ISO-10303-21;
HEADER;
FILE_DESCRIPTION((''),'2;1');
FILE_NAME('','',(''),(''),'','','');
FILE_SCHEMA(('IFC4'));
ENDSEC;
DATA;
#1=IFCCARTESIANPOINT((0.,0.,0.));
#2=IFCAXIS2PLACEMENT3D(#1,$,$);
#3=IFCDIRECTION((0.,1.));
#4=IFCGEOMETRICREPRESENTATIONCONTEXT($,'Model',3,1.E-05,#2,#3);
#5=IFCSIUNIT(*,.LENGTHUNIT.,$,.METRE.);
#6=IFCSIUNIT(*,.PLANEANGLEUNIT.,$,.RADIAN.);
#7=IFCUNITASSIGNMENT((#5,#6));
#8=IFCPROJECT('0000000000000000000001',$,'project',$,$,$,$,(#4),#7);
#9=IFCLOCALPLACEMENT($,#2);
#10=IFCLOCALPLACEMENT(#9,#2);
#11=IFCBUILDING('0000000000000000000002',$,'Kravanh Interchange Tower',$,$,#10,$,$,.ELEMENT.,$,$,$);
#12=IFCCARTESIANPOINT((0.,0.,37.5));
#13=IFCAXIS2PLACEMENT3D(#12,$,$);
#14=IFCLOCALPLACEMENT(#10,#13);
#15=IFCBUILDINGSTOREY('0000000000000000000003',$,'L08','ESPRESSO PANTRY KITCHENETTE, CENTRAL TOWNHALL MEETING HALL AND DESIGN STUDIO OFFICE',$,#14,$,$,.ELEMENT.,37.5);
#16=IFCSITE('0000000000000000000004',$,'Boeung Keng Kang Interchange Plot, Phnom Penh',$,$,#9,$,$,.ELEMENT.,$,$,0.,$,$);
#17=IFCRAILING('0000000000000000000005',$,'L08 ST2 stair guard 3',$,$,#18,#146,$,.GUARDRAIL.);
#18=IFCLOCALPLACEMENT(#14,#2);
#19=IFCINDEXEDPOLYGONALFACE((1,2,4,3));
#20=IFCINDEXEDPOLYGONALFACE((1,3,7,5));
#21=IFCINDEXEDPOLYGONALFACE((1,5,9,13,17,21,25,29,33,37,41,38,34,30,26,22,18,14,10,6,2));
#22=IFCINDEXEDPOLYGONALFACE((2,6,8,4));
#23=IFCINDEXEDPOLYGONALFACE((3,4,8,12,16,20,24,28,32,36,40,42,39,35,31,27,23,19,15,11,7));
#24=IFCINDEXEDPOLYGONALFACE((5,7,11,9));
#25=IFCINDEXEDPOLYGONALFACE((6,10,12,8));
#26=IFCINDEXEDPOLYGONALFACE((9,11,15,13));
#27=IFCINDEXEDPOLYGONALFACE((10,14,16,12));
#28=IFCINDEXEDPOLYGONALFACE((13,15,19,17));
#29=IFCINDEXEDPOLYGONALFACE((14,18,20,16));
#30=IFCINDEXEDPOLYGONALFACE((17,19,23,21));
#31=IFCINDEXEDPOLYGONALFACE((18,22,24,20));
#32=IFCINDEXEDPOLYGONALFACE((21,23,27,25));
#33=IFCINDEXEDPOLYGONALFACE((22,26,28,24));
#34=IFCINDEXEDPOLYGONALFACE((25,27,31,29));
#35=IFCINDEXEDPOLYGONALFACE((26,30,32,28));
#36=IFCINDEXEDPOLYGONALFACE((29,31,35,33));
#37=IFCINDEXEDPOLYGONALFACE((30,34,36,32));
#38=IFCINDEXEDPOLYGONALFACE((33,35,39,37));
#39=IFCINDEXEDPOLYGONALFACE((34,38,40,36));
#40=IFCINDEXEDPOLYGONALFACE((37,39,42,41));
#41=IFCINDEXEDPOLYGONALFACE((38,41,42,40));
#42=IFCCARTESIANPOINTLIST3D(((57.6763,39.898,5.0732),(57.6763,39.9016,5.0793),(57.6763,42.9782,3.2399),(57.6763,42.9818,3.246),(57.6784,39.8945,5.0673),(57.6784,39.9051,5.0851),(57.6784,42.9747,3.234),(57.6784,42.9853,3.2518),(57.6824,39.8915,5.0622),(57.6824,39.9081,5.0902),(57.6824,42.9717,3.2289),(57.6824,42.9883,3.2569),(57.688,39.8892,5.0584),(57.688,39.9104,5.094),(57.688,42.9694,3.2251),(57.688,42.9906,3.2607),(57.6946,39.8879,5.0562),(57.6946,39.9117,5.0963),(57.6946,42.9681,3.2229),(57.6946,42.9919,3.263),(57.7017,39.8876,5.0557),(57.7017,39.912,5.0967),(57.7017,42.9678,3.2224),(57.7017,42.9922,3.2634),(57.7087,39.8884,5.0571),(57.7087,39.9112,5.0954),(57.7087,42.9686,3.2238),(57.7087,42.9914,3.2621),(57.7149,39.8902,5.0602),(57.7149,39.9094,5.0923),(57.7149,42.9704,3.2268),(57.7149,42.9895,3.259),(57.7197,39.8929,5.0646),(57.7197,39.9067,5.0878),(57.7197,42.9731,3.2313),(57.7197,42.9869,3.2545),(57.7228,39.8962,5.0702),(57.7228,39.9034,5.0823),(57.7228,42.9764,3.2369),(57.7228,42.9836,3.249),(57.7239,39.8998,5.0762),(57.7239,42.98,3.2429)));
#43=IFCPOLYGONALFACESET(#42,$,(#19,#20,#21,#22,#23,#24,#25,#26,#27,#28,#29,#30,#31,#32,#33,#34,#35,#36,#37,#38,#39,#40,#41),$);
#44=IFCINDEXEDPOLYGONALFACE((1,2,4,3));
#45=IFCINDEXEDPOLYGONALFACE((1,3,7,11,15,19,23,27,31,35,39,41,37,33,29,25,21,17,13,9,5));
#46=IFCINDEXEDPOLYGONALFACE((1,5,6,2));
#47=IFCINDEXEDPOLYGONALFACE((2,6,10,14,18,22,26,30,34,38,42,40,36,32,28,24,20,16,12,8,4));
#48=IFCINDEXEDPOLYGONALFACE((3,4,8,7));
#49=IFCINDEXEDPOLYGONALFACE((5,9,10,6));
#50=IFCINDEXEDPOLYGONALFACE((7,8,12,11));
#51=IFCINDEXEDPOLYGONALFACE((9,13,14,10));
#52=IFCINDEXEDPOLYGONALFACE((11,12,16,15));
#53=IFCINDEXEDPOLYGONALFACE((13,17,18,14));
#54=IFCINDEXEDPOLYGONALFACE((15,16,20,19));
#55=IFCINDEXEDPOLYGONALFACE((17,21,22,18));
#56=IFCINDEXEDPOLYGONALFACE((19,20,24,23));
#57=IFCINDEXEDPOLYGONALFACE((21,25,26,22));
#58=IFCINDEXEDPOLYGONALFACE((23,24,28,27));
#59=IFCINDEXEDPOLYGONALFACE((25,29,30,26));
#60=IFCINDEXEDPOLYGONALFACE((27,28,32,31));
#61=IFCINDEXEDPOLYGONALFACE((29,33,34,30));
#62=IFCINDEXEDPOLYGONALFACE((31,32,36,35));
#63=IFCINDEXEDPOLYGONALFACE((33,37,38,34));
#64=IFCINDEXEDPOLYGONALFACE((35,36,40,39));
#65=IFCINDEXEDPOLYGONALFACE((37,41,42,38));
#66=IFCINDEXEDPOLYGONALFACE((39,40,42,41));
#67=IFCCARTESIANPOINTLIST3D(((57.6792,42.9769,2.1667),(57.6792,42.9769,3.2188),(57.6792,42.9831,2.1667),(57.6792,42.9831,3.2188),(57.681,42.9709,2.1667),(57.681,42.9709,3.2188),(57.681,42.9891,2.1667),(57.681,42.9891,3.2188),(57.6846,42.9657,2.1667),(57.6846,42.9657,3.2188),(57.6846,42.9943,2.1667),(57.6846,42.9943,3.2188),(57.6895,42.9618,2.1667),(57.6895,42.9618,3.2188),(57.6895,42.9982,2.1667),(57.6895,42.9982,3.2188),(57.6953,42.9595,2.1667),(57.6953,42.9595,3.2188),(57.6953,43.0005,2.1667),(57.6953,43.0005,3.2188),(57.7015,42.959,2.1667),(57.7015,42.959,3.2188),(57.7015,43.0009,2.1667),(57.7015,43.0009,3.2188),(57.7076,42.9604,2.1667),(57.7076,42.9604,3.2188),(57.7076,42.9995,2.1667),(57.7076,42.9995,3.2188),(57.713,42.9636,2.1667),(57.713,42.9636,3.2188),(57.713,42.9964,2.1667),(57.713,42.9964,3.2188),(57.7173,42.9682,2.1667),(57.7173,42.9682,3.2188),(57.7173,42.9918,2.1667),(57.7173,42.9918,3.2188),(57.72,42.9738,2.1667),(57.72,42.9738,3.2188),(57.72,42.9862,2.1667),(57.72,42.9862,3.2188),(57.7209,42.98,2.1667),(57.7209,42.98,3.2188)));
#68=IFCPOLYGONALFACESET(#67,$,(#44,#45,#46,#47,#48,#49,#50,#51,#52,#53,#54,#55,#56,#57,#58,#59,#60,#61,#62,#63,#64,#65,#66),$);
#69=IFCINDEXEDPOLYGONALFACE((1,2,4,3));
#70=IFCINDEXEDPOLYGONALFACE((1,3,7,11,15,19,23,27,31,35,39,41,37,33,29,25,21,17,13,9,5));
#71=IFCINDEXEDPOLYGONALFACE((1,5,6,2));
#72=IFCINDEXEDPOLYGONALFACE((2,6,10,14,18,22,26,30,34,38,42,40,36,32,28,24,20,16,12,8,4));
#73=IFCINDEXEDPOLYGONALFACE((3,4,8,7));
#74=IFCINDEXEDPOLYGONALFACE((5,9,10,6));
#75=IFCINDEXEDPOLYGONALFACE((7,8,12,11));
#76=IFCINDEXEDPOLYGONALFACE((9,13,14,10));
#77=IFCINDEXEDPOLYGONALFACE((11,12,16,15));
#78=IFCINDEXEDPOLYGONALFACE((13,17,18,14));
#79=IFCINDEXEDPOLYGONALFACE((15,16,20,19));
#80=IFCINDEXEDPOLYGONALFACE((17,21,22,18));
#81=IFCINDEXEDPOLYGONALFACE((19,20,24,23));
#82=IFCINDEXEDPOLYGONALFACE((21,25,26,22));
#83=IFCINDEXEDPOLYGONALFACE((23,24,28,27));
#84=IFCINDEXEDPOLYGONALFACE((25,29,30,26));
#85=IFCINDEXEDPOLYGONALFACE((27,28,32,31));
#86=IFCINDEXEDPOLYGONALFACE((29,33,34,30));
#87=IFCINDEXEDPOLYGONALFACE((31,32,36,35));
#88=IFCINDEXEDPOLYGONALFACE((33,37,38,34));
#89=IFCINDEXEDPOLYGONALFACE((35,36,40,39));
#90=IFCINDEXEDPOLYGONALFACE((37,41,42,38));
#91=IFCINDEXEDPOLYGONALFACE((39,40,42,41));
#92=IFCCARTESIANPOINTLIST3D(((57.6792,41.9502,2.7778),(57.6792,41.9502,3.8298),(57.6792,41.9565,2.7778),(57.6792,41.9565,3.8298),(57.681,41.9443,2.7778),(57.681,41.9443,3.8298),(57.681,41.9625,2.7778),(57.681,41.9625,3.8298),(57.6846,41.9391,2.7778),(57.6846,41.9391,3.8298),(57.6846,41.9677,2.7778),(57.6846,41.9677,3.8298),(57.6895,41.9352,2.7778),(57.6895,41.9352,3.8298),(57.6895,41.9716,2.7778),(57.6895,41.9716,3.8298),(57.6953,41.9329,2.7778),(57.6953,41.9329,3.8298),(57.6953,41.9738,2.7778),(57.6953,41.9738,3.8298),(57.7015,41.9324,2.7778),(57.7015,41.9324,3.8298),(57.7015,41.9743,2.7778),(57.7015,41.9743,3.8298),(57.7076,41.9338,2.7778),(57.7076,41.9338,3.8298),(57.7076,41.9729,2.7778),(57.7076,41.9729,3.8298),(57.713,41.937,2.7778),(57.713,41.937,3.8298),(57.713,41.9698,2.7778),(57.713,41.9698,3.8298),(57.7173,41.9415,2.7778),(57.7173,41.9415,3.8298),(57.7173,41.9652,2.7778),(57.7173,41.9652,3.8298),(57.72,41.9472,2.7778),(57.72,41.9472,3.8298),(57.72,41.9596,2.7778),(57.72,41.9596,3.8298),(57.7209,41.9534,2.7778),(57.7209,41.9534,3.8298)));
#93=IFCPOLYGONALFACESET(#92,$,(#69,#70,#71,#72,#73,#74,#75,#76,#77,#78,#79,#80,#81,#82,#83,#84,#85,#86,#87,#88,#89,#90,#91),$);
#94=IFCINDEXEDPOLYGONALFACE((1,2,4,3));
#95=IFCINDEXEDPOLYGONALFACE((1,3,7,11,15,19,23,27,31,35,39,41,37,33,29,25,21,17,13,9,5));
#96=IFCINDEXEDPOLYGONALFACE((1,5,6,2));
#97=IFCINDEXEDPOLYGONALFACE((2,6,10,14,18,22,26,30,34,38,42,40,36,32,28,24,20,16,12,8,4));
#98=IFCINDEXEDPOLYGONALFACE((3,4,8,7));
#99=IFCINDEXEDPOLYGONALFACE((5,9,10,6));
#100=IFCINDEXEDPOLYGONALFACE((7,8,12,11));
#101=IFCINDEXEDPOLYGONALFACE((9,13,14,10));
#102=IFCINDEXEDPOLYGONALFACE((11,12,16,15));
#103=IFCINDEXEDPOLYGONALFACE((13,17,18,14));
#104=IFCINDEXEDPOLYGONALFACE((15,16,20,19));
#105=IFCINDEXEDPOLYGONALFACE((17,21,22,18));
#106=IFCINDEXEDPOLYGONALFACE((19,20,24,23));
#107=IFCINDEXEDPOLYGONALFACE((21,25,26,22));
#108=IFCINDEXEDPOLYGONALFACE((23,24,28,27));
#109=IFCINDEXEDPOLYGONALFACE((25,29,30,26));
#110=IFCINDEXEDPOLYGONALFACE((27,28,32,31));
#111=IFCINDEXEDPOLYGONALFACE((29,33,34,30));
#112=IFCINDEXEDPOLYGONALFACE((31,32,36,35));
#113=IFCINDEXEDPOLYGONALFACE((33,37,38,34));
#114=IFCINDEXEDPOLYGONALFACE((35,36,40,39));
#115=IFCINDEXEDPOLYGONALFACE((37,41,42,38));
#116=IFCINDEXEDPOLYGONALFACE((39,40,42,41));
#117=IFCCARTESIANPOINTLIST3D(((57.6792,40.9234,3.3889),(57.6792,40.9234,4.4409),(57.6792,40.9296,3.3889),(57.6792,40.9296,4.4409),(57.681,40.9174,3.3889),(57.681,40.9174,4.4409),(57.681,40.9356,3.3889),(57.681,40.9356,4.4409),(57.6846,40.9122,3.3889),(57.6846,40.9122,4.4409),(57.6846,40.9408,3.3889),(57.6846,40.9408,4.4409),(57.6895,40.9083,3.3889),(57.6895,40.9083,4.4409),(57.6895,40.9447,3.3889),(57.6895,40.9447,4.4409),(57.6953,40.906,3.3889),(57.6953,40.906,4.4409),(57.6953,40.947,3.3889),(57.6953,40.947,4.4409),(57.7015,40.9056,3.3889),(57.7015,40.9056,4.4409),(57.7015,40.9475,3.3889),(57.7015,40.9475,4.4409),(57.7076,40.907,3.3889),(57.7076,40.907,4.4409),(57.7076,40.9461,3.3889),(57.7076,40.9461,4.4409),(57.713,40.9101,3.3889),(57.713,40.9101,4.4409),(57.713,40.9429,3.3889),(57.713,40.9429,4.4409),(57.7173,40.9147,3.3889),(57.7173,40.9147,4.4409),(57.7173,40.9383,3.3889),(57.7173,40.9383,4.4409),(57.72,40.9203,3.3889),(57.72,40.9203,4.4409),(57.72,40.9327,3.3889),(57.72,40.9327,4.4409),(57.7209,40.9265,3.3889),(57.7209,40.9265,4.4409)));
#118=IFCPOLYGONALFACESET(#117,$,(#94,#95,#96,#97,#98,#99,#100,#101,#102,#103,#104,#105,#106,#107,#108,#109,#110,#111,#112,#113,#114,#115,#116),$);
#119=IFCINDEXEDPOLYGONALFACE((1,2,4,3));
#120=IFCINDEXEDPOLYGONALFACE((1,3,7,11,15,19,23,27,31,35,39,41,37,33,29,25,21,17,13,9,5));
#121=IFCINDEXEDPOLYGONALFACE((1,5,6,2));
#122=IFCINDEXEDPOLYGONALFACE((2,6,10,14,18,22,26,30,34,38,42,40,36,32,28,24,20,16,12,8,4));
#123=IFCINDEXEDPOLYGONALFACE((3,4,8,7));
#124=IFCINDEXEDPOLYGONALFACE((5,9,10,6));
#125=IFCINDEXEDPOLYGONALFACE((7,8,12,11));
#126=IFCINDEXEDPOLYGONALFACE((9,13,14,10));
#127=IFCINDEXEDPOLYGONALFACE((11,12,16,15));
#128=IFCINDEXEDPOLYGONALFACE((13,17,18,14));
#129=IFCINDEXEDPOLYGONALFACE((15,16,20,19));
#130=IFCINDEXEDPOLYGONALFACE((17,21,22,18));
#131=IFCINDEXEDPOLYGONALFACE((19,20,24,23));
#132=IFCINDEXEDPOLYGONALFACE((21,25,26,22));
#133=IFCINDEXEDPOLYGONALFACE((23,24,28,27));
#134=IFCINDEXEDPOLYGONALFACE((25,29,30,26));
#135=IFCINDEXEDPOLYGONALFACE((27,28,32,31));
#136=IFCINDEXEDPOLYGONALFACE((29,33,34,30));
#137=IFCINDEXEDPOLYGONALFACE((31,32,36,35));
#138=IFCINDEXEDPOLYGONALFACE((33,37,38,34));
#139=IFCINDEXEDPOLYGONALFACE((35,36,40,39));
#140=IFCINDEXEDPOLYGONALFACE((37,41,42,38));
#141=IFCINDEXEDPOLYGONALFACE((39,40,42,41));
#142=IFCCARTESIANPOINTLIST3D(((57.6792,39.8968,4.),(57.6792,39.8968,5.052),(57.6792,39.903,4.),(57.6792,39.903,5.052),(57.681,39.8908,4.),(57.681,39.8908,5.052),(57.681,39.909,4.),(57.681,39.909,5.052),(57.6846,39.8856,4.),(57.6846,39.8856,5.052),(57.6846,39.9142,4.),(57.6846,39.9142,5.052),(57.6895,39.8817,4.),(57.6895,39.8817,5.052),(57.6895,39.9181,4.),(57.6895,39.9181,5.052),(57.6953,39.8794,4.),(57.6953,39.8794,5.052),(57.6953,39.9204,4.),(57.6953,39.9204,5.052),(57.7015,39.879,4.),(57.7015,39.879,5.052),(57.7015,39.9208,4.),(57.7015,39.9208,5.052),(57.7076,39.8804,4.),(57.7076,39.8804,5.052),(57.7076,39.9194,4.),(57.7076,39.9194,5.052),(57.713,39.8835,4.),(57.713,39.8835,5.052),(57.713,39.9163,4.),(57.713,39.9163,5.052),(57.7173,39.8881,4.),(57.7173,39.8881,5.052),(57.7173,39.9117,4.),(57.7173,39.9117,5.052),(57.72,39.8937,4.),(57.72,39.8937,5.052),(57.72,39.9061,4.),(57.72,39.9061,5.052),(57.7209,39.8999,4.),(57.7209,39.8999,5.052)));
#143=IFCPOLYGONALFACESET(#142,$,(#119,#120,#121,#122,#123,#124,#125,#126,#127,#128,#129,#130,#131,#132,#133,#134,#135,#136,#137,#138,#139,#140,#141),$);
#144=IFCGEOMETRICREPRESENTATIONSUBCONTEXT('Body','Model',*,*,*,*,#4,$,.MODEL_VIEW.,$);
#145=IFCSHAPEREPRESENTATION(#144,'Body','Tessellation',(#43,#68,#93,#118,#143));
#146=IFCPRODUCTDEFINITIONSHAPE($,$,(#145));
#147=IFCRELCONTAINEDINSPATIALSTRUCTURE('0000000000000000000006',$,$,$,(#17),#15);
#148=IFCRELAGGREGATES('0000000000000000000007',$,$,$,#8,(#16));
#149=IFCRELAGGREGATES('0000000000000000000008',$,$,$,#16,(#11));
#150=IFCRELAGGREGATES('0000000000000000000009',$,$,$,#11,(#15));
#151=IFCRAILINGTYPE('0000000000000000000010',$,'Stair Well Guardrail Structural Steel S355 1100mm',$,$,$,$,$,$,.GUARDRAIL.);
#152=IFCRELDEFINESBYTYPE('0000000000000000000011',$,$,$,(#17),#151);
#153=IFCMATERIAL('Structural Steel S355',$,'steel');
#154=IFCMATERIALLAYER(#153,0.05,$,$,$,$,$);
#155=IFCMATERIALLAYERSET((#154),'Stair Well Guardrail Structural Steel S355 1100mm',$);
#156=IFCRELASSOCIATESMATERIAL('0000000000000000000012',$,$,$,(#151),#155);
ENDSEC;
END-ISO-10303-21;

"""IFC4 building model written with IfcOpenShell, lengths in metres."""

from ifc_helpers import new_model, si_unit, direction, frame, origin, origin_2d, place, context, subcontext, project, spatial, circle, extrude, material, layer, layer_set, type_object, element, save


model = new_model("IFC4")

# Units and contexts
model_context = context("Model", 3, precision=1e-05, world=origin(), true_north=direction((0.0, 1.0)))
body_context = subcontext(model_context, "Body", "Model", "MODEL_VIEW")
ifc_project = project(units=[si_unit("LENGTHUNIT", "METRE"), si_unit("PLANEANGLEUNIT", "RADIAN")], contexts=[model_context])

# Site, building, storey
site_placement = place(None, origin())
site = spatial("IfcSite", under=ifc_project, at=site_placement, Name="Boeung Keng Kang Interchange Plot, Phnom Penh", CompositionType="ELEMENT", RefElevation=0.0)
building_placement = place(site_placement, origin())
building = spatial("IfcBuilding", under=site, at=building_placement, Name="Kravanh Interchange Tower", CompositionType="ELEMENT")
storey_placement = place(building_placement, frame((0.0, 0.0, 37.5)))
storey = spatial("IfcBuildingStorey", under=building, at=storey_placement, Name="L08", Description="ESPRESSO PANTRY KITCHENETTE, CENTRAL TOWNHALL MEETING HALL AND DESIGN STUDIO OFFICE", CompositionType="ELEMENT", Elevation=37.5)

# Railing
ifc_material_1 = material(Name="Structural Steel S355", Category="steel")
ifc_layer_1 = layer(ifc_material_1, 0.05)
ifc_layer_set_1 = layer_set([ifc_layer_1], Name="Stair Well Guardrail Structural Steel S355 1100mm")
railing_type_1 = type_object("IfcRailingType", Name="Stair Well Guardrail Structural Steel S355 1100mm", PredefinedType="GUARDRAIL", material=ifc_layer_set_1)
railing_1_placement = place(storey_placement, frame((57.7, 42.98, 2.1667)))
element("IfcRailing", 1, at=railing_1_placement, inside=storey, type_object=railing_type_1, Name="L08 ST2 stair guard 3", PredefinedType="GUARDRAIL", context=body_context, shape_type="SweptSolid", body=[
    extrude(circle(Radius=0.0239, at=origin_2d()), frame((0.0, 0.0, 1.0762), z_axis=(0.0, -0.859309, 0.511458), x_axis=(1.0, 0.0, 0.0)), (0.0, 0.0, 1.0), 3.5845),
    extrude(circle(Radius=0.021, at=origin_2d()), origin(), (0.0, 0.0, 1.0), 1.052),
    extrude(circle(Radius=0.021, at=origin_2d()), frame((0.0, -1.0266, 0.6111)), (0.0, 0.0, 1.0), 1.052),
    extrude(circle(Radius=0.021, at=origin_2d()), frame((0.0, -2.0535, 1.2222)), (0.0, 0.0, 1.0), 1.052),
    extrude(circle(Radius=0.021, at=origin_2d()), frame((0.0, -3.0801, 1.8333)), (0.0, 0.0, 1.0), 1.052),
])

save(model, "model.ifc")
